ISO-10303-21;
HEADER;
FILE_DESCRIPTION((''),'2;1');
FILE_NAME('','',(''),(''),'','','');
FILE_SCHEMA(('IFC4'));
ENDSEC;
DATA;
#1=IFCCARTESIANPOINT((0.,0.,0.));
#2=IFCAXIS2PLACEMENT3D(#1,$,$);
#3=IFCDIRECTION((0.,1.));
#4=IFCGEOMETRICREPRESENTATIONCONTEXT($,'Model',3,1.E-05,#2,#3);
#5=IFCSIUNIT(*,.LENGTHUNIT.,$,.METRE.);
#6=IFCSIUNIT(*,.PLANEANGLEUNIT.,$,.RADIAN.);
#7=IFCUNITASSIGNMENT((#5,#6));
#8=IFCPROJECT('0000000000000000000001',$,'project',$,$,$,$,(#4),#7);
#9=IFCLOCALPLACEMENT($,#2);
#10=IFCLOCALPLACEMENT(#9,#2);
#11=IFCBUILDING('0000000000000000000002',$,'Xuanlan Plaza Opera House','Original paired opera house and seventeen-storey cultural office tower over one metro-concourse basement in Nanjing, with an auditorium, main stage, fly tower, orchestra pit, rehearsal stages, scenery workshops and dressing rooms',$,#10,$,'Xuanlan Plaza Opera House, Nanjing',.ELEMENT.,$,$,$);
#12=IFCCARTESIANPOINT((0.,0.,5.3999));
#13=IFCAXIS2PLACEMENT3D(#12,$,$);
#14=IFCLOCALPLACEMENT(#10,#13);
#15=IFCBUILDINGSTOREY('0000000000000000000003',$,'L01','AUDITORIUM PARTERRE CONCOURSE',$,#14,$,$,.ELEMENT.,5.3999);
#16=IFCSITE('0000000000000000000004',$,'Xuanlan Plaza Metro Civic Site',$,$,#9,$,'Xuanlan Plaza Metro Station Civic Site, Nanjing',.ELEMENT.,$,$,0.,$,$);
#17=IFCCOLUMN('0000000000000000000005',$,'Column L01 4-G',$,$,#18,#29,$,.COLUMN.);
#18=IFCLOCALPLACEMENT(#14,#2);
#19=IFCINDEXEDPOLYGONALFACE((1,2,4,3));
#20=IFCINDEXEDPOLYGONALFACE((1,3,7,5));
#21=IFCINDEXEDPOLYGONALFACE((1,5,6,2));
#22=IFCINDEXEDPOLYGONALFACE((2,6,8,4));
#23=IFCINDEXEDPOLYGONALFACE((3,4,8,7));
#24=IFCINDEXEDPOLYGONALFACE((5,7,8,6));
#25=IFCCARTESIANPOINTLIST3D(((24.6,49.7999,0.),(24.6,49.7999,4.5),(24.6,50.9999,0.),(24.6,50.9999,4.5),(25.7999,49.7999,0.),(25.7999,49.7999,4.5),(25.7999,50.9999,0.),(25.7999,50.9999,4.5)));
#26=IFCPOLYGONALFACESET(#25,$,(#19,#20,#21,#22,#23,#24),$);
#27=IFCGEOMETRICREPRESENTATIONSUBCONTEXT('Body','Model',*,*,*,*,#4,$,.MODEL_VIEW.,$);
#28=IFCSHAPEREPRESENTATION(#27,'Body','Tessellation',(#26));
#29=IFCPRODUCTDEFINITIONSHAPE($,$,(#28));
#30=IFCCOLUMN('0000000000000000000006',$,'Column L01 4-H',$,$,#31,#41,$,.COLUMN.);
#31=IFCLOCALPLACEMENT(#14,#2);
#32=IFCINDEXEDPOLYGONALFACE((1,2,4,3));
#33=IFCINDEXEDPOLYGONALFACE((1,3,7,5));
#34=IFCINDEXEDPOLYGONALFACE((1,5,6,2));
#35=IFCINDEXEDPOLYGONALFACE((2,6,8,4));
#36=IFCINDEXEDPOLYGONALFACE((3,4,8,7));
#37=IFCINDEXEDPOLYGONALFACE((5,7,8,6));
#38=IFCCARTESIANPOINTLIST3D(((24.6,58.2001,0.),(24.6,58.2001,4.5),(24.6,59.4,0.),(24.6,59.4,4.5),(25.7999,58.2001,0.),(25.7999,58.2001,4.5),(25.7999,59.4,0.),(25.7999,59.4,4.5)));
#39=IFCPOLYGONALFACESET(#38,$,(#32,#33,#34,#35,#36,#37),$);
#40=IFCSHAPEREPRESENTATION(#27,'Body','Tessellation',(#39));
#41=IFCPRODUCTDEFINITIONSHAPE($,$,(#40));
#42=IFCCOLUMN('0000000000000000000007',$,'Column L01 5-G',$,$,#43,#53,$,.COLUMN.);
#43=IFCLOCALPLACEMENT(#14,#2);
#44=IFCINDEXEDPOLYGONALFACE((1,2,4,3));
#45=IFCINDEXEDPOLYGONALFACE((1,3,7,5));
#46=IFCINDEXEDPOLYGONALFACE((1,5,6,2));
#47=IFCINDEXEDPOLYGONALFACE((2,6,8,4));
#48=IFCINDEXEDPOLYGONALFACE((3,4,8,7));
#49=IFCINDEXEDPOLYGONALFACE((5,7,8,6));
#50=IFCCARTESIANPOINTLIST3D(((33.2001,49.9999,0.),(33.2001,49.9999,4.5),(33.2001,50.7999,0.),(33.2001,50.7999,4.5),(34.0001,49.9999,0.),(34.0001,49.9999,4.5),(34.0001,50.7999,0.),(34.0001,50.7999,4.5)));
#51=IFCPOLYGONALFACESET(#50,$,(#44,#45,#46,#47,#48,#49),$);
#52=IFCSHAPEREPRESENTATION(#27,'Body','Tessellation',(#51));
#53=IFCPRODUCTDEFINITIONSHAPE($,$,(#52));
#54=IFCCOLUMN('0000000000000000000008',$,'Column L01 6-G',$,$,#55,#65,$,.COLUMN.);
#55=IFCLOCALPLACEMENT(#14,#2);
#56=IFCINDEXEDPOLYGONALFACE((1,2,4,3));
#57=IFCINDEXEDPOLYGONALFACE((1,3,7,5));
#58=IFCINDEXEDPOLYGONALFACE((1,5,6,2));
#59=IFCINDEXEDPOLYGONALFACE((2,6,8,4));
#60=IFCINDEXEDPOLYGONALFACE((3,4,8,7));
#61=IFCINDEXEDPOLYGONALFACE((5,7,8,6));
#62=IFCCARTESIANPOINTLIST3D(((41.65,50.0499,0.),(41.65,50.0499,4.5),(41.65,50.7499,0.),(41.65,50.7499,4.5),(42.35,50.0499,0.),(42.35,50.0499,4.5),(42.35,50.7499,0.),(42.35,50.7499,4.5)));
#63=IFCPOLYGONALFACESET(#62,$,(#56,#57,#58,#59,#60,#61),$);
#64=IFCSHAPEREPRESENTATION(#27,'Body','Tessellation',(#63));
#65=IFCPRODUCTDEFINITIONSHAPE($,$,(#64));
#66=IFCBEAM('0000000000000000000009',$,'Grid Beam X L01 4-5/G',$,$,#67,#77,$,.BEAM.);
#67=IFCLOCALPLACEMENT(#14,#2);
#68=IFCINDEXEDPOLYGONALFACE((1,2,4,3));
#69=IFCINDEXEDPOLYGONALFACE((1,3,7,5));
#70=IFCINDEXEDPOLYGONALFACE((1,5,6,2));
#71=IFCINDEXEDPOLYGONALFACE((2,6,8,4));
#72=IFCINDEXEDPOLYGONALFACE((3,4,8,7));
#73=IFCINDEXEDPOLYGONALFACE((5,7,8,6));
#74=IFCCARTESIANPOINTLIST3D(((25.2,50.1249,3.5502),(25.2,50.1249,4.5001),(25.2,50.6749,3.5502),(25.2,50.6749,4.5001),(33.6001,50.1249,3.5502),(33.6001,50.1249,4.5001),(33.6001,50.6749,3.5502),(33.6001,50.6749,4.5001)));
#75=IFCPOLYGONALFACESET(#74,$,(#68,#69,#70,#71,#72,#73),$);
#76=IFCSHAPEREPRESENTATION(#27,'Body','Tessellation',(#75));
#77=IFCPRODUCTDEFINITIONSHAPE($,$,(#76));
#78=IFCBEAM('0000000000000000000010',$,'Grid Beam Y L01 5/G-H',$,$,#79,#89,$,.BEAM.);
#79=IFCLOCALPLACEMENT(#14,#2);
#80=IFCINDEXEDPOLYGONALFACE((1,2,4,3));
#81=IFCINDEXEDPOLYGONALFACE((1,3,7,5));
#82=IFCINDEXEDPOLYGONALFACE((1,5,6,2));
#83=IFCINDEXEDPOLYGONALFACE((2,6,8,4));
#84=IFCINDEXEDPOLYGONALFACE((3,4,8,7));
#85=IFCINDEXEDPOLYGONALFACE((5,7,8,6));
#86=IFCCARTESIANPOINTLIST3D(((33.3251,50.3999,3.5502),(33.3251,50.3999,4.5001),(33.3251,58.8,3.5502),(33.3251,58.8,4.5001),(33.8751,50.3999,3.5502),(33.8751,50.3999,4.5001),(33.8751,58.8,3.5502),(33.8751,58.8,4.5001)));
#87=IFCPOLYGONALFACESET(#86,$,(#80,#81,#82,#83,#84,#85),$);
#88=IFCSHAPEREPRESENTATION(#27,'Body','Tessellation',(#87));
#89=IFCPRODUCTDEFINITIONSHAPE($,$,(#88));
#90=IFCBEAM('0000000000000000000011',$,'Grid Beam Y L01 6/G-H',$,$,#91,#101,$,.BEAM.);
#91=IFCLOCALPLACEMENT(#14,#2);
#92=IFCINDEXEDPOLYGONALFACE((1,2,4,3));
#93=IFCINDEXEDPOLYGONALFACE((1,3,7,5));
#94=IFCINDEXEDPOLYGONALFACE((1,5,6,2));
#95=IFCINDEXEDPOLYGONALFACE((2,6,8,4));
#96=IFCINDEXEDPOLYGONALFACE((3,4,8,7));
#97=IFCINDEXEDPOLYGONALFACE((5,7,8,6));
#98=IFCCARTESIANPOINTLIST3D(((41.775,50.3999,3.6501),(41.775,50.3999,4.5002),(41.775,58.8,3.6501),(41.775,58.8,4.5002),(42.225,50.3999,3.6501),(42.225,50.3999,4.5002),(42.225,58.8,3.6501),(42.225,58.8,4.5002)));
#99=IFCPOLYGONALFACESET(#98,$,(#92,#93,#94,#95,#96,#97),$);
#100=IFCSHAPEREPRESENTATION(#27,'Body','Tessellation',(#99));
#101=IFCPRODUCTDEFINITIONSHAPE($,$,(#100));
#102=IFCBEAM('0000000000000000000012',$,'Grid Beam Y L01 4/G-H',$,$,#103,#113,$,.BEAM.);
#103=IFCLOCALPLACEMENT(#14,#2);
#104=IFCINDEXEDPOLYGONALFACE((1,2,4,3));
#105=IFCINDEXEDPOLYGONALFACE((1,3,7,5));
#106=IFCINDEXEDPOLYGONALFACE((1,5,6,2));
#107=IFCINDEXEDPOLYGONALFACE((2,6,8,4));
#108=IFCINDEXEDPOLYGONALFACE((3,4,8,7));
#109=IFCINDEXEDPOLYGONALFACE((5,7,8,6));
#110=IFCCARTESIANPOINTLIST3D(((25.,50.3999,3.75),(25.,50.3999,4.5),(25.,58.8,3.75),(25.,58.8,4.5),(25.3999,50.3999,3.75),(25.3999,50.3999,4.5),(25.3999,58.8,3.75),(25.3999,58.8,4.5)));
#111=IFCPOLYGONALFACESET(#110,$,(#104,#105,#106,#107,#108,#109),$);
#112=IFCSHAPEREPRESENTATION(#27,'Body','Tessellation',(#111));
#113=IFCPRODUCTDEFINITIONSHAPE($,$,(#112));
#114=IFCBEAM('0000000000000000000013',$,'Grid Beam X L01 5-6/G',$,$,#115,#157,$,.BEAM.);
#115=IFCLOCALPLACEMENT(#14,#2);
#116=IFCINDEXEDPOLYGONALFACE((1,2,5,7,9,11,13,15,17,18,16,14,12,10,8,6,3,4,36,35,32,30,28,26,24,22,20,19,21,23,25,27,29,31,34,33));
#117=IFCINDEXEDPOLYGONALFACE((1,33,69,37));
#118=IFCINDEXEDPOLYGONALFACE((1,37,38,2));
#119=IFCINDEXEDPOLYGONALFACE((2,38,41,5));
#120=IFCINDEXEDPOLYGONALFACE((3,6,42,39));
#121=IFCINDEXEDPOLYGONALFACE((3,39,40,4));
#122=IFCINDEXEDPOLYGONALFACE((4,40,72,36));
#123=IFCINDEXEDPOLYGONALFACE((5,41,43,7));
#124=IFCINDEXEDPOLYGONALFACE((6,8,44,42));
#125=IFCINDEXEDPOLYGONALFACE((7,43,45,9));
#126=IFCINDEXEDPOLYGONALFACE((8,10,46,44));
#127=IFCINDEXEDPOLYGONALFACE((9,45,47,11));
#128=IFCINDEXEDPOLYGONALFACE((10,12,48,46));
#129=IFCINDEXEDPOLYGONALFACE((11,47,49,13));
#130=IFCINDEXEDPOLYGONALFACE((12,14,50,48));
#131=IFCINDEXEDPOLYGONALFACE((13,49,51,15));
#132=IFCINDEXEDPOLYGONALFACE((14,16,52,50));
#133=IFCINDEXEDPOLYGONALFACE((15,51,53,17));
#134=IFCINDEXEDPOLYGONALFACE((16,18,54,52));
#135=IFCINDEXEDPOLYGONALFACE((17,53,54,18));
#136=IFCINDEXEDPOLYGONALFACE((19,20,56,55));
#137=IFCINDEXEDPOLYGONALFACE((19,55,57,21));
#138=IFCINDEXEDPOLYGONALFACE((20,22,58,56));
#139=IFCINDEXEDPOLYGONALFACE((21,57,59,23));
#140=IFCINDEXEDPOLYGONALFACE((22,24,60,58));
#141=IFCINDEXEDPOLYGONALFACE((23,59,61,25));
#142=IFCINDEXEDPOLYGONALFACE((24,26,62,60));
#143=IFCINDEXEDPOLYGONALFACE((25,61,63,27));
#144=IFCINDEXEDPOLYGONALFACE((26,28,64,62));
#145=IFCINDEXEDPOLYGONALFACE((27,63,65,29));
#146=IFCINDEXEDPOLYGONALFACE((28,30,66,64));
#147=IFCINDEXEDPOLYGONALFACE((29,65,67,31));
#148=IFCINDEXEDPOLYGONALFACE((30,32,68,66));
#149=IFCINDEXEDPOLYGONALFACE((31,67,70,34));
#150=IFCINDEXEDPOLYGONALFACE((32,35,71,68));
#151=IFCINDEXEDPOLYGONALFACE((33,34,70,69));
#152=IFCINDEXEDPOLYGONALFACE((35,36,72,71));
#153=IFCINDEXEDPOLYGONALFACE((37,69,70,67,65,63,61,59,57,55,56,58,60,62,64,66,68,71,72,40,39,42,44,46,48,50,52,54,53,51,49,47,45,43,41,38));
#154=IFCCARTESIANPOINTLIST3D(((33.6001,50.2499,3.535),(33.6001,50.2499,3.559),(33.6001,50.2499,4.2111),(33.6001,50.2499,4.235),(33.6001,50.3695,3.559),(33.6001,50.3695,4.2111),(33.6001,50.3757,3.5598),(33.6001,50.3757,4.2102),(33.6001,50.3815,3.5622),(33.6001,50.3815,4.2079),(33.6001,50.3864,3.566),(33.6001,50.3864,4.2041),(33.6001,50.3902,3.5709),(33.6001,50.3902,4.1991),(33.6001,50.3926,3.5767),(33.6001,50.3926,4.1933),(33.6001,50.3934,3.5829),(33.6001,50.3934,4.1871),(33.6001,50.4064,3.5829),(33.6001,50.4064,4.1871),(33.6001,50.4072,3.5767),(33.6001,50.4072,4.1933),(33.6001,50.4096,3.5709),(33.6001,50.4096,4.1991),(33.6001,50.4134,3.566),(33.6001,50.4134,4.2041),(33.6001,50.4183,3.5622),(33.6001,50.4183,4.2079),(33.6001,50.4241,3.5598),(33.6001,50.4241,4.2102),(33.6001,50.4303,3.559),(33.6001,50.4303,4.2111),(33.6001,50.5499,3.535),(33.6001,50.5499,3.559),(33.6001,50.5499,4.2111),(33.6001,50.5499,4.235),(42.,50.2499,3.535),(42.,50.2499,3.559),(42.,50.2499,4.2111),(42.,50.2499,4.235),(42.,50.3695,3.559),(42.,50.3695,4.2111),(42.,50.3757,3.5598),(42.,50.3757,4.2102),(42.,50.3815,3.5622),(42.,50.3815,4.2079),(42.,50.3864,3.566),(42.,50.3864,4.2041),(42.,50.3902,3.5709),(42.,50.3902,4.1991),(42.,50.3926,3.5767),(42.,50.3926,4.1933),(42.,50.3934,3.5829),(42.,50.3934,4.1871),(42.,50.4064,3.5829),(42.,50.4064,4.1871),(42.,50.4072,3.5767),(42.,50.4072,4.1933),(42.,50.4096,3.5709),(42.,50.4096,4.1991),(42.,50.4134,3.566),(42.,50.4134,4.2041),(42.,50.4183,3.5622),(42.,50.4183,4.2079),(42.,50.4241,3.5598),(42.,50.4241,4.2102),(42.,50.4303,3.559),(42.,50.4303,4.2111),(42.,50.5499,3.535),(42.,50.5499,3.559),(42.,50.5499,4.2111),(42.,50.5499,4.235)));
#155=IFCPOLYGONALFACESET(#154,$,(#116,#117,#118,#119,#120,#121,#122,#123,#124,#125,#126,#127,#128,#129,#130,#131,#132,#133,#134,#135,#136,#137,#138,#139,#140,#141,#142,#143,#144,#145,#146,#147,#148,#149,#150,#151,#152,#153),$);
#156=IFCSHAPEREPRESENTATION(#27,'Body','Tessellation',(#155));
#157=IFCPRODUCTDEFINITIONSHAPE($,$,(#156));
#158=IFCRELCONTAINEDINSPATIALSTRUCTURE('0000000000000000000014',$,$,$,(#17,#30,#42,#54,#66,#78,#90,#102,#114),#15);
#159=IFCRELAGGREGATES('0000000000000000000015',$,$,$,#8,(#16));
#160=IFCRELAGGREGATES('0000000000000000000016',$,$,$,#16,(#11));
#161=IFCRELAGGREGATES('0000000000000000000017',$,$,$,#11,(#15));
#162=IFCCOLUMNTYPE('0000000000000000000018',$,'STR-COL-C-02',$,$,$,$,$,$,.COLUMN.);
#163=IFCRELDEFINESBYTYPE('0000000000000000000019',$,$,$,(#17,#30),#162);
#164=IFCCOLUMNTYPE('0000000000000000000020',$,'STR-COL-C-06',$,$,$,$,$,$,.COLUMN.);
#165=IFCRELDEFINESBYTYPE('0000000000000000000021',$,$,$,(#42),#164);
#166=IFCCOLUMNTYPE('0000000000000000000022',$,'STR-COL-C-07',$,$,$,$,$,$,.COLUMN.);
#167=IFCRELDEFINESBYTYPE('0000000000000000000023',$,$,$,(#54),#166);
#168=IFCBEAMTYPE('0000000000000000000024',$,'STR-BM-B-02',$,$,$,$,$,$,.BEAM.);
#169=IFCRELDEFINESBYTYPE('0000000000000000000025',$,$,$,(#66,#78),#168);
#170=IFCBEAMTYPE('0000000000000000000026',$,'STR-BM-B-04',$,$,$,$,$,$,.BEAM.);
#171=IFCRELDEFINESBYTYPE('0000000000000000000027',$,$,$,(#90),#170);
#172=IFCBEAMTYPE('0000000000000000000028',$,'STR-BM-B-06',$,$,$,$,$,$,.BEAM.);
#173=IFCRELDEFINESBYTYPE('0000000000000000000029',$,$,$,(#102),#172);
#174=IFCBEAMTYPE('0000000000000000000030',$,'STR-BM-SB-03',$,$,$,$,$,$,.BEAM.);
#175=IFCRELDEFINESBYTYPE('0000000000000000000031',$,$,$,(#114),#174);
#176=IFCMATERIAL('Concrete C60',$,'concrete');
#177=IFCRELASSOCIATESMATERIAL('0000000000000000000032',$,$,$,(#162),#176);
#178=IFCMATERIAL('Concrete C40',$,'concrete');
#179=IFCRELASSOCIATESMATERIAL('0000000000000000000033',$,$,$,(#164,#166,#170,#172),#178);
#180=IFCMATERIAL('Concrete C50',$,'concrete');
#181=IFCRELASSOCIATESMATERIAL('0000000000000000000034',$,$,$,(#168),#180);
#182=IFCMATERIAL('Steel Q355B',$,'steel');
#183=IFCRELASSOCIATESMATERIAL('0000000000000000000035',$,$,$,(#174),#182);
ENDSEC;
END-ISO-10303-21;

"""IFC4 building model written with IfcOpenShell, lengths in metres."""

from ifc_helpers import new_model, si_unit, direction, frame, origin, origin_2d, place, context, subcontext, project, spatial, rectangle, i_section, extrude, material, material_profile, profile_set, type_object, element, save


model = new_model("IFC4")

# Units and contexts
model_context = context("Model", 3, precision=1e-05, world=origin(), true_north=direction((0.0, 1.0)))
body_context = subcontext(model_context, "Body", "Model", "MODEL_VIEW")
ifc_project = project(units=[si_unit("LENGTHUNIT", "METRE"), si_unit("PLANEANGLEUNIT", "RADIAN")], contexts=[model_context])

# Site, building, storey
site_placement = place(None, origin())
site = spatial("IfcSite", under=ifc_project, at=site_placement, Name="Xuanlan Plaza Metro Civic Site", LongName="Xuanlan Plaza Metro Station Civic Site, Nanjing", CompositionType="ELEMENT", RefElevation=0.0)
building_placement = place(site_placement, origin())
building = spatial("IfcBuilding", under=site, at=building_placement, Name="Xuanlan Plaza Opera House", Description="Original paired opera house and seventeen-storey cultural office tower over one metro-concourse basement in Nanjing, with an auditorium, main stage, fly tower, orchestra pit, rehearsal stages, scenery workshops and dressing rooms", LongName="Xuanlan Plaza Opera House, Nanjing", CompositionType="ELEMENT")
storey_placement = place(building_placement, frame((0.0, 0.0, 5.3999)))
storey = spatial("IfcBuildingStorey", under=building, at=storey_placement, Name="L01", Description="AUDITORIUM PARTERRE CONCOURSE", CompositionType="ELEMENT", Elevation=5.3999)

# Columns
ifc_material_1 = material(Name="Concrete C60", Category="concrete")
ifc_material_profile_1 = material_profile(ifc_material_1, rectangle(XDim=1.2, YDim=1.2, at=origin_2d()), Name="RC-COL 1200x1200")
ifc_profile_set_1 = profile_set([ifc_material_profile_1], Name="Concrete C60")
column_type_1 = type_object("IfcColumnType", Name="STR-COL-C-02", PredefinedType="COLUMN", material=ifc_profile_set_1)
for number, where, z_axis, x_axis, name in (
    (1, (25.2, 50.3999, 0.0), (0.0, 0.0, 1.0), (1.0, 0.0, 0.0), "Column L01 4-G"),
    (2, (25.2, 58.8, 0.0), (0.0, 0.0, 1.0), (1.0, 0.0, 0.0), "Column L01 4-H"),
):
    element("IfcColumn", number, at=place(storey_placement, frame(where, z_axis=z_axis, x_axis=x_axis)), inside=storey, type_object=column_type_1, Name=name, PredefinedType="COLUMN", context=body_context, shape_type="SweptSolid", body=[
        extrude(rectangle(XDim=1.2, YDim=1.2, at=origin_2d()), origin(), (0.0, 0.0, 1.0), 4.5),
    ])
ifc_material_2 = material(Name="Concrete C40", Category="concrete")
ifc_material_profile_2 = material_profile(ifc_material_2, rectangle(XDim=0.8, YDim=0.8, at=origin_2d()), Name="RC-COL 800x800")
ifc_profile_set_2 = profile_set([ifc_material_profile_2], Name="Concrete C40")
column_type_2 = type_object("IfcColumnType", Name="STR-COL-C-06", PredefinedType="COLUMN", material=ifc_profile_set_2)
column_1_placement = place(storey_placement, frame((33.6001, 50.3999, 0.0), z_axis=(0.0, 0.0, 1.0), x_axis=(1.0, 0.0, 0.0)))
element("IfcColumn", 3, at=column_1_placement, inside=storey, type_object=column_type_2, Name="Column L01 5-G", PredefinedType="COLUMN", context=body_context, shape_type="SweptSolid", body=[
    extrude(rectangle(XDim=0.8, YDim=0.8, at=origin_2d()), origin(), (0.0, 0.0, 1.0), 4.5),
])
ifc_material_profile_3 = material_profile(ifc_material_2, rectangle(XDim=0.7, YDim=0.7, at=origin_2d()), Name="RC-COL 700x700")
ifc_profile_set_3 = profile_set([ifc_material_profile_3], Name="Concrete C40")
column_type_3 = type_object("IfcColumnType", Name="STR-COL-C-07", PredefinedType="COLUMN", material=ifc_profile_set_3)
column_2_placement = place(storey_placement, frame((42.0, 50.3999, 0.0), z_axis=(0.0, 0.0, 1.0), x_axis=(1.0, 0.0, 0.0)))
element("IfcColumn", 4, at=column_2_placement, inside=storey, type_object=column_type_3, Name="Column L01 6-G", PredefinedType="COLUMN", context=body_context, shape_type="SweptSolid", body=[
    extrude(rectangle(XDim=0.7, YDim=0.7, at=origin_2d()), origin(), (0.0, 0.0, 1.0), 4.5),
])

# Beams
ifc_material_3 = material(Name="Concrete C50", Category="concrete")
ifc_material_profile_4 = material_profile(ifc_material_3, rectangle(XDim=0.55, YDim=0.95, at=origin_2d()), Name="RC-BM 550x950")
ifc_profile_set_4 = profile_set([ifc_material_profile_4], Name="Concrete C50")
beam_type_1 = type_object("IfcBeamType", Name="STR-BM-B-02", PredefinedType="BEAM", material=ifc_profile_set_4)
for number, where, z_axis, x_axis, name in (
    (5, (25.2, 50.3999, 4.0251), (1.0, 0.0, 0.0), (0.0, 1.0, 0.0), "Grid Beam X L01 4-5/G"),
    (6, (33.6001, 50.3999, 4.0251), (0.0, 1.0, 0.0), (-1.0, 0.0, 0.0), "Grid Beam Y L01 5/G-H"),
):
    element("IfcBeam", number, at=place(storey_placement, frame(where, z_axis=z_axis, x_axis=x_axis)), inside=storey, type_object=beam_type_1, Name=name, PredefinedType="BEAM", context=body_context, shape_type="SweptSolid", body=[
        extrude(rectangle(XDim=0.55, YDim=0.95, at=origin_2d()), origin(), (0.0, 0.0, 1.0), 8.4001),
    ])
ifc_material_profile_5 = material_profile(ifc_material_2, rectangle(XDim=0.45, YDim=0.8501, at=origin_2d()), Name="RC-BM 450x850")
ifc_profile_set_5 = profile_set([ifc_material_profile_5], Name="Concrete C40")
beam_type_2 = type_object("IfcBeamType", Name="STR-BM-B-04", PredefinedType="BEAM", material=ifc_profile_set_5)
beam_1_placement = place(storey_placement, frame((42.0, 50.3999, 4.0752), z_axis=(0.0, 1.0, 0.0), x_axis=(-1.0, 0.0, 0.0)))
element("IfcBeam", 7, at=beam_1_placement, inside=storey, type_object=beam_type_2, Name="Grid Beam Y L01 6/G-H", PredefinedType="BEAM", context=body_context, shape_type="SweptSolid", body=[
    extrude(rectangle(XDim=0.45, YDim=0.8501, at=origin_2d()), origin(), (0.0, 0.0, 1.0), 8.4001),
])
ifc_material_profile_6 = material_profile(ifc_material_2, rectangle(XDim=0.3999, YDim=0.75, at=origin_2d()), Name="RC-BM 400x750")
ifc_profile_set_6 = profile_set([ifc_material_profile_6], Name="Concrete C40")
beam_type_3 = type_object("IfcBeamType", Name="STR-BM-B-06", PredefinedType="BEAM", material=ifc_profile_set_6)
beam_2_placement = place(storey_placement, frame((25.2, 50.3999, 4.125), z_axis=(0.0, 1.0, 0.0), x_axis=(-1.0, 0.0, 0.0)))
element("IfcBeam", 8, at=beam_2_placement, inside=storey, type_object=beam_type_3, Name="Grid Beam Y L01 4/G-H", PredefinedType="BEAM", context=body_context, shape_type="SweptSolid", body=[
    extrude(rectangle(XDim=0.3999, YDim=0.75, at=origin_2d()), origin(), (0.0, 0.0, 1.0), 8.4001),
])
ifc_material_4 = material(Name="Steel Q355B", Category="steel")
ifc_material_profile_7 = material_profile(ifc_material_4, i_section(OverallWidth=0.3, OverallDepth=0.7, WebThickness=0.0129, FlangeThickness=0.0239, FilletRadius=0.0239, at=origin_2d()), Name="HN 700x300x13x24")
ifc_profile_set_7 = profile_set([ifc_material_profile_7], Name="Steel Q355B")
beam_type_4 = type_object("IfcBeamType", Name="STR-BM-SB-03", PredefinedType="BEAM", material=ifc_profile_set_7)
beam_3_placement = place(storey_placement, frame((33.6001, 50.3999, 3.885), z_axis=(1.0, 0.0, 0.0), x_axis=(0.0, 1.0, 0.0)))
element("IfcBeam", 9, at=beam_3_placement, inside=storey, type_object=beam_type_4, Name="Grid Beam X L01 5-6/G", PredefinedType="BEAM", context=body_context, shape_type="SweptSolid", body=[
    extrude(i_section(OverallWidth=0.3, OverallDepth=0.7, WebThickness=0.0129, FlangeThickness=0.0239, FilletRadius=0.0239, at=origin_2d()), origin(), (0.0, 0.0, 1.0), 8.3999),
])

save(model, "model.ifc")
